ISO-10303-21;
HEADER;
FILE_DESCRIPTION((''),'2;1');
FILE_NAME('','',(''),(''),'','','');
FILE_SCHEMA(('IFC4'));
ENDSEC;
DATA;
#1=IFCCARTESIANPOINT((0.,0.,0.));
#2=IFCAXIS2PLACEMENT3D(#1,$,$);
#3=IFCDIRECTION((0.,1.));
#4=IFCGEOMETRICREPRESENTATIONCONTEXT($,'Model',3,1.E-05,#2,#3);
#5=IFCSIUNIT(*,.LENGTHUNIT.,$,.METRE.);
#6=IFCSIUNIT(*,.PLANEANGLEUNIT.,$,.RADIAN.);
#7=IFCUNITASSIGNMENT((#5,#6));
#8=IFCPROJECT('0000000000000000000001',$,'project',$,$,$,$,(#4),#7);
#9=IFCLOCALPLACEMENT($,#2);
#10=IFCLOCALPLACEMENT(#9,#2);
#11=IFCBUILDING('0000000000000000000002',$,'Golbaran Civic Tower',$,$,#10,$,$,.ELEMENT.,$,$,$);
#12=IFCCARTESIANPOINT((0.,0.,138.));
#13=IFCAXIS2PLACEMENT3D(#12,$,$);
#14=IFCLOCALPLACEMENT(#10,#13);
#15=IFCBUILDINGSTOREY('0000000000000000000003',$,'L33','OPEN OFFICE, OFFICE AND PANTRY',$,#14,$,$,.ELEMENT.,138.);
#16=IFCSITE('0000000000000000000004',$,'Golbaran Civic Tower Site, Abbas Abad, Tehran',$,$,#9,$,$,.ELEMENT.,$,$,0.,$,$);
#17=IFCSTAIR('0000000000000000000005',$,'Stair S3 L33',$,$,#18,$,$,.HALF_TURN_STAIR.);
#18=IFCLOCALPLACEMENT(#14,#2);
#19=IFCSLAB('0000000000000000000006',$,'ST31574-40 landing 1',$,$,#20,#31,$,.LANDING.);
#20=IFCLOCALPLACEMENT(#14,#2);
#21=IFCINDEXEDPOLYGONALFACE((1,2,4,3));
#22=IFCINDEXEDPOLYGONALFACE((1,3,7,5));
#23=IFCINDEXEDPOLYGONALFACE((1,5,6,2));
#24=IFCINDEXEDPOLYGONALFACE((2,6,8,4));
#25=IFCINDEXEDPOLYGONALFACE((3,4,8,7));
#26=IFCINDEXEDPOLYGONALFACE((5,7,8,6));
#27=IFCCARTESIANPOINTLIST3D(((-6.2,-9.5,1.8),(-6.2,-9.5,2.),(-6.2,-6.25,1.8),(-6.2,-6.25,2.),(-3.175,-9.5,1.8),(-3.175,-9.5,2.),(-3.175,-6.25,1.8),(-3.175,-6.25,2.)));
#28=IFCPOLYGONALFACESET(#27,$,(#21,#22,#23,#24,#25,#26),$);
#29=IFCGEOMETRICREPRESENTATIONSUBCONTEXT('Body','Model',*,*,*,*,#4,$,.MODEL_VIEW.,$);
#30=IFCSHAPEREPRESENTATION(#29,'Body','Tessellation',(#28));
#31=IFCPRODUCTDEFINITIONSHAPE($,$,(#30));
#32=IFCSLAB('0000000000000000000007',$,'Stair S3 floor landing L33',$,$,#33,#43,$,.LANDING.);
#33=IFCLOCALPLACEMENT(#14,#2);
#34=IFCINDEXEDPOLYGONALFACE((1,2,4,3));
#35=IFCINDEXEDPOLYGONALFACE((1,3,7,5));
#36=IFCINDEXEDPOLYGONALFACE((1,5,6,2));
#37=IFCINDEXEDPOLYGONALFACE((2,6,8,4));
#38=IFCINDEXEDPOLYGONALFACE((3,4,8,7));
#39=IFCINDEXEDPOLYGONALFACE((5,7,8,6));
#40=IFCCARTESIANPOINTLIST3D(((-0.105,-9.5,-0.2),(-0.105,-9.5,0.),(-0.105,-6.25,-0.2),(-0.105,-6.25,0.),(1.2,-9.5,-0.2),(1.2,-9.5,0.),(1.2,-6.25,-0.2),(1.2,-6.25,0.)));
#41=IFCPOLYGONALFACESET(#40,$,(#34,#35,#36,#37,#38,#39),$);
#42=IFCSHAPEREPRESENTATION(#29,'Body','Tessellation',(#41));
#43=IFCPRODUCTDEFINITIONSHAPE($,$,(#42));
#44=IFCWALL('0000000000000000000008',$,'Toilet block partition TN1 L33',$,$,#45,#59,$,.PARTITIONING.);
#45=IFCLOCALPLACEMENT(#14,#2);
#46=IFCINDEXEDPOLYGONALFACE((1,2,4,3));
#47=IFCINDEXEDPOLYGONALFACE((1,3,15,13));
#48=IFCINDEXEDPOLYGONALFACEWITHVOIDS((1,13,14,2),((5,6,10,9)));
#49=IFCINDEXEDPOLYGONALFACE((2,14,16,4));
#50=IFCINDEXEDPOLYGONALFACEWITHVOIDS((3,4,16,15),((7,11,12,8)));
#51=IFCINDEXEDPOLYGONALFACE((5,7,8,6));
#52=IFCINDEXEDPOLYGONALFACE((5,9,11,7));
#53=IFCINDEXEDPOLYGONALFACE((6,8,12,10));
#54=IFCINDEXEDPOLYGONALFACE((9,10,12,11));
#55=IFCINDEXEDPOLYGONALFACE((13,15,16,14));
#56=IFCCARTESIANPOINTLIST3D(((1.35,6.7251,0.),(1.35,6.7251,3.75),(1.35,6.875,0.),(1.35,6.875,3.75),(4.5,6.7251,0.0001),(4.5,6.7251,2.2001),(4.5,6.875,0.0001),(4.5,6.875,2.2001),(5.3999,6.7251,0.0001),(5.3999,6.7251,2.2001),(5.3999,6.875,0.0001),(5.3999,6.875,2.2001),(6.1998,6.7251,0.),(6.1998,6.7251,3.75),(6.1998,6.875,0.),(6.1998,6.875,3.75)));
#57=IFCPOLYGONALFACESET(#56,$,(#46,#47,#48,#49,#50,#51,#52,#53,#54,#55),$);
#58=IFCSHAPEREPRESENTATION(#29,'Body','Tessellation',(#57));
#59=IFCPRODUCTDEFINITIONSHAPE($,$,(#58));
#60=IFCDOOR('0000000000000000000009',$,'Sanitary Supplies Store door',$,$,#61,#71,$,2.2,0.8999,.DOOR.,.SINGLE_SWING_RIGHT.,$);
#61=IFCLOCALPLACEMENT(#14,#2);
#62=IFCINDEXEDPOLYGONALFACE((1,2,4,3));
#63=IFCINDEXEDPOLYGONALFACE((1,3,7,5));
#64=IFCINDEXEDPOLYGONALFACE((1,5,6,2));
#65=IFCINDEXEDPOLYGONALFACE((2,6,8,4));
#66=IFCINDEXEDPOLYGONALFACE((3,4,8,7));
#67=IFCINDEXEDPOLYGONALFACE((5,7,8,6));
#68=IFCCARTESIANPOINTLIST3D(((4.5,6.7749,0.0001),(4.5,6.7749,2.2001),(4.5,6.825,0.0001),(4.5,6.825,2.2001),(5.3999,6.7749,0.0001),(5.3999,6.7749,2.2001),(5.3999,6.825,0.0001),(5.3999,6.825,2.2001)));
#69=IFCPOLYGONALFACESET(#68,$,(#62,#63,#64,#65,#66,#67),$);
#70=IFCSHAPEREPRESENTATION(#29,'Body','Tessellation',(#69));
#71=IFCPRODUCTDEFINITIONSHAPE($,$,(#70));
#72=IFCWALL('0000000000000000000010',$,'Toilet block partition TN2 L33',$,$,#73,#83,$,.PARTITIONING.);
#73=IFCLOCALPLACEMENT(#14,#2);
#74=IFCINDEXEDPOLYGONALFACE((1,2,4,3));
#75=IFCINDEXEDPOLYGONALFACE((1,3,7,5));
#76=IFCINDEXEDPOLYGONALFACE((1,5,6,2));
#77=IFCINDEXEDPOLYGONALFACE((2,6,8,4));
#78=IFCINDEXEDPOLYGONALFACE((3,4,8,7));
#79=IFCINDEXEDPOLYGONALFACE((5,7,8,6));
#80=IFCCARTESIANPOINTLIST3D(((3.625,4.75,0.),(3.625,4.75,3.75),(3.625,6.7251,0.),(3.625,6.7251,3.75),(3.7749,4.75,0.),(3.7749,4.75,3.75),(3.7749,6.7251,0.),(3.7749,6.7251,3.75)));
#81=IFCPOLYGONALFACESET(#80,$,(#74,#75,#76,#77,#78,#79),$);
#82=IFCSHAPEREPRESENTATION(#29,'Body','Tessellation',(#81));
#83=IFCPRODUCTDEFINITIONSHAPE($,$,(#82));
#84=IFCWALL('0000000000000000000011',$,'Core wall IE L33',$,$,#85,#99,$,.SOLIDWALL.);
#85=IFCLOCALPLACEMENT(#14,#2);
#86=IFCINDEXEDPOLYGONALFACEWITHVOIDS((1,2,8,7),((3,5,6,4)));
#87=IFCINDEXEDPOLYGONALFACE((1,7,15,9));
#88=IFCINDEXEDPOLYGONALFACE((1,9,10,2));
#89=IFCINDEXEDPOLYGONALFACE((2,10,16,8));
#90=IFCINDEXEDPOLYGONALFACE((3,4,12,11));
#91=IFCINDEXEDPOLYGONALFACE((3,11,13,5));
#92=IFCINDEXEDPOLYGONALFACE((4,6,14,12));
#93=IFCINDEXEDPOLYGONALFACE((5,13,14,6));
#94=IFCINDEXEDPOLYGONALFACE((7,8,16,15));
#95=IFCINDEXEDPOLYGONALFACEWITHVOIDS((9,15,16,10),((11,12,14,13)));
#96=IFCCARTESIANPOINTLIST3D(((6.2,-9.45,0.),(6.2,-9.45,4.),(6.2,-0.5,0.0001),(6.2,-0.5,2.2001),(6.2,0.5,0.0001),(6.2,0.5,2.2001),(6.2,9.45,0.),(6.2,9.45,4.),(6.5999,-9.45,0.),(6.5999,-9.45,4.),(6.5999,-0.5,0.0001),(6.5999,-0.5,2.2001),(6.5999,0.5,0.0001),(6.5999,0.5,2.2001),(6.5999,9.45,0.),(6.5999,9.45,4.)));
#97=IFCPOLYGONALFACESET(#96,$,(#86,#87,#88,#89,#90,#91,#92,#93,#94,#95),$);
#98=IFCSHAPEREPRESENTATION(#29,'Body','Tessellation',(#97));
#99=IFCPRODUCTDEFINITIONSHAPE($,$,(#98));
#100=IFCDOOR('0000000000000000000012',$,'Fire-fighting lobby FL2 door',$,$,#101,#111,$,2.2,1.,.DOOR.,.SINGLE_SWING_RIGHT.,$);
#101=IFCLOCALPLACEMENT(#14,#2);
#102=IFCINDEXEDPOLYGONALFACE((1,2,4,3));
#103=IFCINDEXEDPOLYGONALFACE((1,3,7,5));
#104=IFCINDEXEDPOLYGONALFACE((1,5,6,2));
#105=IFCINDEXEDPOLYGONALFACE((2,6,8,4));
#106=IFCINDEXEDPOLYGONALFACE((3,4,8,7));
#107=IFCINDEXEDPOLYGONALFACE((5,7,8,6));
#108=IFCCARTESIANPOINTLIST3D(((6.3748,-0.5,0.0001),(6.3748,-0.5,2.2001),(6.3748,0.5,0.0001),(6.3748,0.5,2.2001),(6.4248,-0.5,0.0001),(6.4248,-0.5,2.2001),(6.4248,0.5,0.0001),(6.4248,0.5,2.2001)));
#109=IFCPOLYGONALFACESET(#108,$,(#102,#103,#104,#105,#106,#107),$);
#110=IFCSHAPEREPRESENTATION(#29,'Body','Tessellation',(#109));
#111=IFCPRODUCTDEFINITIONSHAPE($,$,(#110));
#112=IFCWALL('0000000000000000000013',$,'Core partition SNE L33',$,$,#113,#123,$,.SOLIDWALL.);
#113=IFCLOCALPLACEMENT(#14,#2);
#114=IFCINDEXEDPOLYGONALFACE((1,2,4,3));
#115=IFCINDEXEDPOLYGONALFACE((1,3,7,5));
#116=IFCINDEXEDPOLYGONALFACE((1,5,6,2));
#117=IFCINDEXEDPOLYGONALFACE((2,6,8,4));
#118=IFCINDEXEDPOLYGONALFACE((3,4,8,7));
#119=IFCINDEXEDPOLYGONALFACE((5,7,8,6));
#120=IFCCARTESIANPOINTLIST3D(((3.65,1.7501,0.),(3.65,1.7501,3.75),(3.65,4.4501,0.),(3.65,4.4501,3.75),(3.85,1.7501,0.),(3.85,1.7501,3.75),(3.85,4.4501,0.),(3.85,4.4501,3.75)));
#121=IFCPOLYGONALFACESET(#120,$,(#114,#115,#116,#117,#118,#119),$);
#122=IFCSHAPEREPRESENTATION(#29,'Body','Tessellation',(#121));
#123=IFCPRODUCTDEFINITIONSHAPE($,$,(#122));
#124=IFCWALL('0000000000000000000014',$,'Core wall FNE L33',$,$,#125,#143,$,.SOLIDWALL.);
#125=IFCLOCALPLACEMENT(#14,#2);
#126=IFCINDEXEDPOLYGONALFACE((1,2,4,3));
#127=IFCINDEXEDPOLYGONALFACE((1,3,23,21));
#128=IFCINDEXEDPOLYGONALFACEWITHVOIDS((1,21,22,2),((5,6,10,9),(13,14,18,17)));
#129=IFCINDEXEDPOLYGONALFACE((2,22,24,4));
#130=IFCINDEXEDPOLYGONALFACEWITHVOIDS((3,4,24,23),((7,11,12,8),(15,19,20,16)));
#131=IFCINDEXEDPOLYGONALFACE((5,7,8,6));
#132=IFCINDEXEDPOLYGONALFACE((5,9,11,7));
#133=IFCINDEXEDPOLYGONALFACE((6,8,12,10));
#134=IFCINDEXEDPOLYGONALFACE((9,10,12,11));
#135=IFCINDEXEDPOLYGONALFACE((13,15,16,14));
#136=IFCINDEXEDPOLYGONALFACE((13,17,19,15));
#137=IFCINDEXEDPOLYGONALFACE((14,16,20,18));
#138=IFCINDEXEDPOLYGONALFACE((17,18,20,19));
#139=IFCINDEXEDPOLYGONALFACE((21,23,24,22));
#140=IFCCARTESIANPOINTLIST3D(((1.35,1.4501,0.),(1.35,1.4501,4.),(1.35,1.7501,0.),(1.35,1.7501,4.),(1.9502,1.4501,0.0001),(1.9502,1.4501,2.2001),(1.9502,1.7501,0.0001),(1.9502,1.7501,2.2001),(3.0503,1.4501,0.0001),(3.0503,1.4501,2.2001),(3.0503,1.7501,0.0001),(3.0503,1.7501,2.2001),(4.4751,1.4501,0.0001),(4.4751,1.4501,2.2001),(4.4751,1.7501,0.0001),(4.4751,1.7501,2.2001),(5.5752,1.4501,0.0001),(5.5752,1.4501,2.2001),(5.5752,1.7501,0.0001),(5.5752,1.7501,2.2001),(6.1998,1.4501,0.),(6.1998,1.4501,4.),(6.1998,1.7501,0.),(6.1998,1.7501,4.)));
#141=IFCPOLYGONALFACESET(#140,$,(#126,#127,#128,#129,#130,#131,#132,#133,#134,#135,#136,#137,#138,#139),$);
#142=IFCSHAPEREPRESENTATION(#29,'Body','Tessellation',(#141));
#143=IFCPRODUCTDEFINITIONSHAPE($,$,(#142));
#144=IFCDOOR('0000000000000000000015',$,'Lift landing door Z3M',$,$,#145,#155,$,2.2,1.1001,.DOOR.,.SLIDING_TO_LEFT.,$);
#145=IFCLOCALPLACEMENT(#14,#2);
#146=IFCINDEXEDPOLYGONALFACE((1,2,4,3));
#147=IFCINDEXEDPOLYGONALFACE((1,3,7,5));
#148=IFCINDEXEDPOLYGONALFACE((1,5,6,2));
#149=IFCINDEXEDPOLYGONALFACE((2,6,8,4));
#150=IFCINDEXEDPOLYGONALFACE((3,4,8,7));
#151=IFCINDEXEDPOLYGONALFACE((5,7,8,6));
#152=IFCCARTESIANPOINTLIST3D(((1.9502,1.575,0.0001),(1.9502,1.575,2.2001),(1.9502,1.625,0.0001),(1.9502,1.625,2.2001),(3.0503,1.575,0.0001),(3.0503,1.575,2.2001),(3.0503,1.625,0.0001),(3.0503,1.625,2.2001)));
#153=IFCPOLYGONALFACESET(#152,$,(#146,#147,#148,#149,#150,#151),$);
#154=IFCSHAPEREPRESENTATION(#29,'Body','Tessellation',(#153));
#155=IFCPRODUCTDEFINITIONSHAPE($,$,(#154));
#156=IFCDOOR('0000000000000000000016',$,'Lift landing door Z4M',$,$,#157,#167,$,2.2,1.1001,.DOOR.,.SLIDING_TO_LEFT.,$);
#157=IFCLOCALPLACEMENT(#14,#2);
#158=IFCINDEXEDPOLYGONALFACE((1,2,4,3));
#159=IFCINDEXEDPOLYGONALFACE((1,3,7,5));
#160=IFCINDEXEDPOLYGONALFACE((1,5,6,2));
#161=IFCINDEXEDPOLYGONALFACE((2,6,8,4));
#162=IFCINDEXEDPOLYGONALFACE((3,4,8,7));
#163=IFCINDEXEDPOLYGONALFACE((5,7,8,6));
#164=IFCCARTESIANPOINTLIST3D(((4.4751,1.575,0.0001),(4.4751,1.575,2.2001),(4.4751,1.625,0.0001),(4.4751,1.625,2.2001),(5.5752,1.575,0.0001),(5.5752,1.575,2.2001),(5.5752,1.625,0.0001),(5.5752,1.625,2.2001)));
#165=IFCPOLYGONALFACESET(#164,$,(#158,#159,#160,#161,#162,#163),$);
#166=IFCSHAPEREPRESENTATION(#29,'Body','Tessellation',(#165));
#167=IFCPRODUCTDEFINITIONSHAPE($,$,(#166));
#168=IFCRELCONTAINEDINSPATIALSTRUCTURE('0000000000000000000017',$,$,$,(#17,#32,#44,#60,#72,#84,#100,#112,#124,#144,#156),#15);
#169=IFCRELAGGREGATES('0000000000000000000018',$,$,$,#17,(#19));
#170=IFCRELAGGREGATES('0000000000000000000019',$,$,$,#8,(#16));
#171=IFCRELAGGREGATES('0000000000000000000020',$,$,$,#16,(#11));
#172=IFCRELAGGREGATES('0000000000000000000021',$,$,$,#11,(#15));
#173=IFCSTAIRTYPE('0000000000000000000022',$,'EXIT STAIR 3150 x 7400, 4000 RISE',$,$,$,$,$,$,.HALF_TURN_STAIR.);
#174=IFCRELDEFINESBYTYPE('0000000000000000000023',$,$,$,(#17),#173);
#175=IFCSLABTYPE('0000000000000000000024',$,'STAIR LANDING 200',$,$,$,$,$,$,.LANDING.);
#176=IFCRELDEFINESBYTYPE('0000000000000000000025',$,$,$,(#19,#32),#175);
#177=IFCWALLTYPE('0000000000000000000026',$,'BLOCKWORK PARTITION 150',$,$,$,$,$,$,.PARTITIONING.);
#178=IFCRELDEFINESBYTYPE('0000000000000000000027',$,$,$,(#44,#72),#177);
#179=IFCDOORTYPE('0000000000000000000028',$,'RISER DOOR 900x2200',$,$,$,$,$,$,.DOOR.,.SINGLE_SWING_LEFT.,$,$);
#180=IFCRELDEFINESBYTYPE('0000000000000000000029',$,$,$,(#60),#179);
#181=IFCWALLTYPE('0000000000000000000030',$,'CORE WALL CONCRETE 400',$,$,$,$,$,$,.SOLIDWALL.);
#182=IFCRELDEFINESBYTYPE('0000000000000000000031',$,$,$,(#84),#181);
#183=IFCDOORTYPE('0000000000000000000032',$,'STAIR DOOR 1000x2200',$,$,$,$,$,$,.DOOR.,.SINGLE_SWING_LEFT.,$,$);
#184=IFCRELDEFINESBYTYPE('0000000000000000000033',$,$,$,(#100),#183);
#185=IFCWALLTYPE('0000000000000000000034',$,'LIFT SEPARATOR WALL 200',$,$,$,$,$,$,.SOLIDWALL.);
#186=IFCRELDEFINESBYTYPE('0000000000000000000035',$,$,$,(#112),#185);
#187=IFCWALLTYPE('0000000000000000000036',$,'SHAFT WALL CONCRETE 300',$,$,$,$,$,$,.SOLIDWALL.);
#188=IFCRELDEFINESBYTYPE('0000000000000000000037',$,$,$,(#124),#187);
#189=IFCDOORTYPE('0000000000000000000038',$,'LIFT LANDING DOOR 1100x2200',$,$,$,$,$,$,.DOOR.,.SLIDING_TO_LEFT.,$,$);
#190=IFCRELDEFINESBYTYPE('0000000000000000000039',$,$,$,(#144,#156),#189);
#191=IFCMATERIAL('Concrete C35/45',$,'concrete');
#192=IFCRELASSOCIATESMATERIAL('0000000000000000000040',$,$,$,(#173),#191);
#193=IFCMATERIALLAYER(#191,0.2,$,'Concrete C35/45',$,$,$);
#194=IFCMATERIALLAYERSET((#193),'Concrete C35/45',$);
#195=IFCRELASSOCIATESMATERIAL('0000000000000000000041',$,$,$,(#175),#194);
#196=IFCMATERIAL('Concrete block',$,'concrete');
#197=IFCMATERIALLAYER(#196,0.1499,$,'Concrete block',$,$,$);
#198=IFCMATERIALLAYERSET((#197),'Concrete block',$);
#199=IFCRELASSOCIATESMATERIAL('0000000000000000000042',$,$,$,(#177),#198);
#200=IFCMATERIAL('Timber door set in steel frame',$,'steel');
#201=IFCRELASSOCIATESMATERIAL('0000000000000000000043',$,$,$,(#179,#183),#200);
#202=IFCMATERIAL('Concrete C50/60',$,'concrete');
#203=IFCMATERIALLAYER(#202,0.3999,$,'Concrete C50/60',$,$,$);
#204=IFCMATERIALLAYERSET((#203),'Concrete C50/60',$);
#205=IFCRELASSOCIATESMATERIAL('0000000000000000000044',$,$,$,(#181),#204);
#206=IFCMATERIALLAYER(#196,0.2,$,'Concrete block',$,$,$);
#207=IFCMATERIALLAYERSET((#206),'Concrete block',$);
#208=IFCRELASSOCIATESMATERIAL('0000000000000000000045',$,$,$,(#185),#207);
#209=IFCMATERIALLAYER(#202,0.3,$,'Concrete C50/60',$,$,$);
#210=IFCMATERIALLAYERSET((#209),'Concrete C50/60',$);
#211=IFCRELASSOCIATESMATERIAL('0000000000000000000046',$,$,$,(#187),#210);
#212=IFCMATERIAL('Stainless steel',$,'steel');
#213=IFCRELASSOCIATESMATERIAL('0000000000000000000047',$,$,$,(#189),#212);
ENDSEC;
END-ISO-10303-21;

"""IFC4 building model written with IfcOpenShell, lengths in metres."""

from ifc_helpers import new_model, si_unit, direction, frame, frame_2d, origin, place, context, subcontext, project, spatial, polyline, rectangle, outline, extrude, material, layer, layer_set, type_object, element, fill, aggregate, save


model = new_model("IFC4")

# Units and contexts
model_context = context("Model", 3, precision=1e-05, world=origin(), true_north=direction((0.0, 1.0)))
body_context = subcontext(model_context, "Body", "Model", "MODEL_VIEW")
ifc_project = project(units=[si_unit("LENGTHUNIT", "METRE"), si_unit("PLANEANGLEUNIT", "RADIAN")], contexts=[model_context])

# Site, building, storey
site_placement = place(None, origin())
site = spatial("IfcSite", under=ifc_project, at=site_placement, Name="Golbaran Civic Tower Site, Abbas Abad, Tehran", CompositionType="ELEMENT", RefElevation=0.0)
building_placement = place(site_placement, origin())
building = spatial("IfcBuilding", under=site, at=building_placement, Name="Golbaran Civic Tower", CompositionType="ELEMENT")
storey_placement = place(building_placement, frame((0.0, 0.0, 138.0)))
storey = spatial("IfcBuildingStorey", under=building, at=storey_placement, Name="L33", Description="OPEN OFFICE, OFFICE AND PANTRY", CompositionType="ELEMENT", Elevation=138.0)

# Stair, slab
ifc_material_1 = material(Name="Concrete C35/45", Category="concrete")
stair_type = type_object("IfcStairType", Name="EXIT STAIR 3150 x 7400, 4000 RISE", PredefinedType="HALF_TURN_STAIR", material=ifc_material_1)
stair_placement = place(storey_placement, origin())
stair = element("IfcStair", 1, at=stair_placement, inside=storey, type_object=stair_type, Name="Stair S3 L33", PredefinedType="HALF_TURN_STAIR")
ifc_layer_1 = layer(ifc_material_1, 0.2, Name="Concrete C35/45")
ifc_layer_set_1 = layer_set([ifc_layer_1], Name="Concrete C35/45")
slab_type = type_object("IfcSlabType", Name="STAIR LANDING 200", PredefinedType="LANDING", material=ifc_layer_set_1)
slab_1_placement = place(storey_placement, frame((0.0, 0.0, 1.8)))
slab_1 = element("IfcSlab", 2, at=slab_1_placement, type_object=slab_type, Name="ST31574-40 landing 1", PredefinedType="LANDING", context=body_context, shape_type="SweptSolid", body=[
    extrude(outline(polyline([(-3.175, -9.5), (-6.2, -9.5), (-6.2, -6.25), (-3.175, -6.25), (-3.175, -9.5)])), origin(), (0.0, 0.0, 1.0), 0.2),
])
aggregate(stair, [slab_1])

# Slab
slab_2_placement = place(storey_placement, frame((0.0, 0.0, -0.2)))
element("IfcSlab", 3, at=slab_2_placement, inside=storey, type_object=slab_type, Name="Stair S3 floor landing L33", PredefinedType="LANDING", context=body_context, shape_type="SweptSolid", body=[
    extrude(outline(polyline([(1.2, -9.5), (-0.105, -9.5), (-0.105, -6.25), (1.2, -6.25), (1.2, -9.5)])), origin(), (0.0, 0.0, 1.0), 0.2),
])

# Wall, opening, door
ifc_material_2 = material(Name="Concrete block", Category="concrete")
ifc_layer_2 = layer(ifc_material_2, 0.1499, Name="Concrete block")
ifc_layer_set_2 = layer_set([ifc_layer_2], Name="Concrete block")
wall_type_1 = type_object("IfcWallType", Name="BLOCKWORK PARTITION 150", PredefinedType="PARTITIONING", material=ifc_layer_set_2)
wall_1_placement = place(storey_placement, frame((1.3501, 6.8, 0.0), z_axis=(0.0, 0.0, 1.0), x_axis=(1.0, 0.0, 0.0)))
wall_1 = element("IfcWall", 4, at=wall_1_placement, inside=storey, type_object=wall_type_1, Name="Toilet block partition TN1 L33", PredefinedType="PARTITIONING", context=body_context, shape_type="SweptSolid", body=[
    extrude(rectangle(XDim=4.8499, YDim=0.1499, at=frame_2d((2.4248, 0.0))), origin(), (0.0, 0.0, 1.0), 3.75),
])
opening_1_placement = place(wall_1_placement, frame((3.1499, 0.0, 0.0)))
opening_1 = element("IfcOpeningElement", 5, at=opening_1_placement, cuts=wall_1, PredefinedType="OPENING", context=body_context, shape_type="SweptSolid", body=[
    extrude(rectangle(XDim=0.8999, YDim=2.2, at=frame_2d((0.45, 1.1001))), frame((0.0, 0.085, 0.0), z_axis=(0.0, -1.0, 0.0), x_axis=(1.0, 0.0, 0.0)), (0.0, 0.0, 1.0), 0.1699),
])
ifc_material_3 = material(Name="Timber door set in steel frame", Category="steel")
door_type_1 = type_object("IfcDoorType", Name="RISER DOOR 900x2200", OperationType="SINGLE_SWING_LEFT", PredefinedType="DOOR", material=ifc_material_3)
door_1_placement = place(opening_1_placement, origin())
door_1 = element("IfcDoor", 6, at=door_1_placement, inside=storey, type_object=door_type_1, Name="Sanitary Supplies Store door", OperationType="SINGLE_SWING_RIGHT", OverallHeight=2.2, OverallWidth=0.8999, PredefinedType="DOOR", context=body_context, shape_type="SweptSolid", body=[
    extrude(rectangle(XDim=0.8999, YDim=2.2, at=frame_2d((0.45, 1.1001))), frame((0.0, 0.0249, 0.0), z_axis=(0.0, -1.0, 0.0), x_axis=(1.0, 0.0, 0.0)), (0.0, 0.0, 1.0), 0.05),
])
fill(opening_1, door_1)

# Wall
wall_2_placement = place(storey_placement, frame((3.7, 4.75, 0.0), z_axis=(0.0, 0.0, 1.0), x_axis=(0.0, 1.0, 0.0)))
element("IfcWall", 7, at=wall_2_placement, inside=storey, type_object=wall_type_1, Name="Toilet block partition TN2 L33", PredefinedType="PARTITIONING", context=body_context, shape_type="SweptSolid", body=[
    extrude(rectangle(XDim=1.9751, YDim=0.1499, at=frame_2d((0.9875, 0.0))), origin(), (0.0, 0.0, 1.0), 3.75),
])

# Wall, opening, door
ifc_material_4 = material(Name="Concrete C50/60", Category="concrete")
ifc_layer_3 = layer(ifc_material_4, 0.3999, Name="Concrete C50/60")
ifc_layer_set_3 = layer_set([ifc_layer_3], Name="Concrete C50/60")
wall_type_2 = type_object("IfcWallType", Name="CORE WALL CONCRETE 400", PredefinedType="SOLIDWALL", material=ifc_layer_set_3)
wall_3_placement = place(storey_placement, frame((6.3999, 9.45, 0.0), z_axis=(0.0, 0.0, 1.0), x_axis=(0.0, -1.0, 0.0)))
wall_3 = element("IfcWall", 8, at=wall_3_placement, inside=storey, type_object=wall_type_2, Name="Core wall IE L33", PredefinedType="SOLIDWALL", context=body_context, shape_type="SweptSolid", body=[
    extrude(rectangle(XDim=18.8999, YDim=0.3999, at=frame_2d((9.45, 0.0))), origin(), (0.0, 0.0, 1.0), 4.0),
])
opening_2_placement = place(wall_3_placement, frame((8.95, 0.0, 0.0)))
opening_2 = element("IfcOpeningElement", 9, at=opening_2_placement, cuts=wall_3, PredefinedType="OPENING", context=body_context, shape_type="SweptSolid", body=[
    extrude(rectangle(XDim=1.0, YDim=2.2, at=frame_2d((0.5, 1.1001))), frame((0.0, 0.21, 0.0), z_axis=(0.0, -1.0, 0.0), x_axis=(1.0, 0.0, 0.0)), (0.0, 0.0, 1.0), 0.4199),
])
door_type_2 = type_object("IfcDoorType", Name="STAIR DOOR 1000x2200", OperationType="SINGLE_SWING_LEFT", PredefinedType="DOOR", material=ifc_material_3)
door_2_placement = place(opening_2_placement, origin())
door_2 = element("IfcDoor", 10, at=door_2_placement, inside=storey, type_object=door_type_2, Name="Fire-fighting lobby FL2 door", OperationType="SINGLE_SWING_RIGHT", OverallHeight=2.2, OverallWidth=1.0, PredefinedType="DOOR", context=body_context, shape_type="SweptSolid", body=[
    extrude(rectangle(XDim=1.0, YDim=2.2, at=frame_2d((0.5, 1.1001))), frame((0.0, 0.0249, 0.0), z_axis=(0.0, -1.0, 0.0), x_axis=(1.0, 0.0, 0.0)), (0.0, 0.0, 1.0), 0.05),
])
fill(opening_2, door_2)

# Wall
ifc_layer_4 = layer(ifc_material_2, 0.2, Name="Concrete block")
ifc_layer_set_4 = layer_set([ifc_layer_4], Name="Concrete block")
wall_type_3 = type_object("IfcWallType", Name="LIFT SEPARATOR WALL 200", PredefinedType="SOLIDWALL", material=ifc_layer_set_4)
wall_4_placement = place(storey_placement, frame((3.75, 1.75, 0.0), z_axis=(0.0, 0.0, 1.0), x_axis=(0.0, 1.0, 0.0)))
element("IfcWall", 11, at=wall_4_placement, inside=storey, type_object=wall_type_3, Name="Core partition SNE L33", PredefinedType="SOLIDWALL", context=body_context, shape_type="SweptSolid", body=[
    extrude(rectangle(XDim=2.7, YDim=0.2, at=frame_2d((1.3501, 0.0))), origin(), (0.0, 0.0, 1.0), 3.75),
])

# Wall, openings, doors
ifc_layer_5 = layer(ifc_material_4, 0.3, Name="Concrete C50/60")
ifc_layer_set_5 = layer_set([ifc_layer_5], Name="Concrete C50/60")
wall_type_4 = type_object("IfcWallType", Name="SHAFT WALL CONCRETE 300", PredefinedType="SOLIDWALL", material=ifc_layer_set_5)
wall_5_placement = place(storey_placement, frame((1.3501, 1.6001, 0.0), z_axis=(0.0, 0.0, 1.0), x_axis=(1.0, 0.0, 0.0)))
wall_5 = element("IfcWall", 12, at=wall_5_placement, inside=storey, type_object=wall_type_4, Name="Core wall FNE L33", PredefinedType="SOLIDWALL", context=body_context, shape_type="SweptSolid", body=[
    extrude(rectangle(XDim=4.8499, YDim=0.3, at=frame_2d((2.4248, 0.0))), origin(), (0.0, 0.0, 1.0), 4.0),
])
opening_3_placement = place(wall_5_placement, frame((0.6001, 0.0, 0.0)))
opening_3 = element("IfcOpeningElement", 13, at=opening_3_placement, cuts=wall_5, PredefinedType="OPENING", context=body_context, shape_type="SweptSolid", body=[
    extrude(rectangle(XDim=1.1001, YDim=2.2, at=frame_2d((0.55, 1.1001))), frame((0.0, 0.1599, 0.0), z_axis=(0.0, -1.0, 0.0), x_axis=(1.0, 0.0, 0.0)), (0.0, 0.0, 1.0), 0.3201),
])
opening_4_placement = place(wall_5_placement, frame((3.125, 0.0, 0.0)))
opening_4 = element("IfcOpeningElement", 14, at=opening_4_placement, cuts=wall_5, PredefinedType="OPENING", context=body_context, shape_type="SweptSolid", body=[
    extrude(rectangle(XDim=1.1001, YDim=2.2, at=frame_2d((0.55, 1.1001))), frame((0.0, 0.1599, 0.0), z_axis=(0.0, -1.0, 0.0), x_axis=(1.0, 0.0, 0.0)), (0.0, 0.0, 1.0), 0.3201),
])
ifc_material_5 = material(Name="Stainless steel", Category="steel")
door_type_3 = type_object("IfcDoorType", Name="LIFT LANDING DOOR 1100x2200", OperationType="SLIDING_TO_LEFT", PredefinedType="DOOR", material=ifc_material_5)
door_3_placement = place(opening_3_placement, origin())
door_3 = element("IfcDoor", 15, at=door_3_placement, inside=storey, type_object=door_type_3, Name="Lift landing door Z3M", OperationType="SLIDING_TO_LEFT", OverallHeight=2.2, OverallWidth=1.1001, PredefinedType="DOOR", context=body_context, shape_type="SweptSolid", body=[
    extrude(rectangle(XDim=1.1001, YDim=2.2, at=frame_2d((0.55, 1.1001))), frame((0.0, 0.0249, 0.0), z_axis=(0.0, -1.0, 0.0), x_axis=(1.0, 0.0, 0.0)), (0.0, 0.0, 1.0), 0.05),
])
fill(opening_3, door_3)
door_4_placement = place(opening_4_placement, origin())
door_4 = element("IfcDoor", 16, at=door_4_placement, inside=storey, type_object=door_type_3, Name="Lift landing door Z4M", OperationType="SLIDING_TO_LEFT", OverallHeight=2.2, OverallWidth=1.1001, PredefinedType="DOOR", context=body_context, shape_type="SweptSolid", body=[
    extrude(rectangle(XDim=1.1001, YDim=2.2, at=frame_2d((0.55, 1.1001))), frame((0.0, 0.0249, 0.0), z_axis=(0.0, -1.0, 0.0), x_axis=(1.0, 0.0, 0.0)), (0.0, 0.0, 1.0), 0.05),
])
fill(opening_4, door_4)

save(model, "model.ifc")
